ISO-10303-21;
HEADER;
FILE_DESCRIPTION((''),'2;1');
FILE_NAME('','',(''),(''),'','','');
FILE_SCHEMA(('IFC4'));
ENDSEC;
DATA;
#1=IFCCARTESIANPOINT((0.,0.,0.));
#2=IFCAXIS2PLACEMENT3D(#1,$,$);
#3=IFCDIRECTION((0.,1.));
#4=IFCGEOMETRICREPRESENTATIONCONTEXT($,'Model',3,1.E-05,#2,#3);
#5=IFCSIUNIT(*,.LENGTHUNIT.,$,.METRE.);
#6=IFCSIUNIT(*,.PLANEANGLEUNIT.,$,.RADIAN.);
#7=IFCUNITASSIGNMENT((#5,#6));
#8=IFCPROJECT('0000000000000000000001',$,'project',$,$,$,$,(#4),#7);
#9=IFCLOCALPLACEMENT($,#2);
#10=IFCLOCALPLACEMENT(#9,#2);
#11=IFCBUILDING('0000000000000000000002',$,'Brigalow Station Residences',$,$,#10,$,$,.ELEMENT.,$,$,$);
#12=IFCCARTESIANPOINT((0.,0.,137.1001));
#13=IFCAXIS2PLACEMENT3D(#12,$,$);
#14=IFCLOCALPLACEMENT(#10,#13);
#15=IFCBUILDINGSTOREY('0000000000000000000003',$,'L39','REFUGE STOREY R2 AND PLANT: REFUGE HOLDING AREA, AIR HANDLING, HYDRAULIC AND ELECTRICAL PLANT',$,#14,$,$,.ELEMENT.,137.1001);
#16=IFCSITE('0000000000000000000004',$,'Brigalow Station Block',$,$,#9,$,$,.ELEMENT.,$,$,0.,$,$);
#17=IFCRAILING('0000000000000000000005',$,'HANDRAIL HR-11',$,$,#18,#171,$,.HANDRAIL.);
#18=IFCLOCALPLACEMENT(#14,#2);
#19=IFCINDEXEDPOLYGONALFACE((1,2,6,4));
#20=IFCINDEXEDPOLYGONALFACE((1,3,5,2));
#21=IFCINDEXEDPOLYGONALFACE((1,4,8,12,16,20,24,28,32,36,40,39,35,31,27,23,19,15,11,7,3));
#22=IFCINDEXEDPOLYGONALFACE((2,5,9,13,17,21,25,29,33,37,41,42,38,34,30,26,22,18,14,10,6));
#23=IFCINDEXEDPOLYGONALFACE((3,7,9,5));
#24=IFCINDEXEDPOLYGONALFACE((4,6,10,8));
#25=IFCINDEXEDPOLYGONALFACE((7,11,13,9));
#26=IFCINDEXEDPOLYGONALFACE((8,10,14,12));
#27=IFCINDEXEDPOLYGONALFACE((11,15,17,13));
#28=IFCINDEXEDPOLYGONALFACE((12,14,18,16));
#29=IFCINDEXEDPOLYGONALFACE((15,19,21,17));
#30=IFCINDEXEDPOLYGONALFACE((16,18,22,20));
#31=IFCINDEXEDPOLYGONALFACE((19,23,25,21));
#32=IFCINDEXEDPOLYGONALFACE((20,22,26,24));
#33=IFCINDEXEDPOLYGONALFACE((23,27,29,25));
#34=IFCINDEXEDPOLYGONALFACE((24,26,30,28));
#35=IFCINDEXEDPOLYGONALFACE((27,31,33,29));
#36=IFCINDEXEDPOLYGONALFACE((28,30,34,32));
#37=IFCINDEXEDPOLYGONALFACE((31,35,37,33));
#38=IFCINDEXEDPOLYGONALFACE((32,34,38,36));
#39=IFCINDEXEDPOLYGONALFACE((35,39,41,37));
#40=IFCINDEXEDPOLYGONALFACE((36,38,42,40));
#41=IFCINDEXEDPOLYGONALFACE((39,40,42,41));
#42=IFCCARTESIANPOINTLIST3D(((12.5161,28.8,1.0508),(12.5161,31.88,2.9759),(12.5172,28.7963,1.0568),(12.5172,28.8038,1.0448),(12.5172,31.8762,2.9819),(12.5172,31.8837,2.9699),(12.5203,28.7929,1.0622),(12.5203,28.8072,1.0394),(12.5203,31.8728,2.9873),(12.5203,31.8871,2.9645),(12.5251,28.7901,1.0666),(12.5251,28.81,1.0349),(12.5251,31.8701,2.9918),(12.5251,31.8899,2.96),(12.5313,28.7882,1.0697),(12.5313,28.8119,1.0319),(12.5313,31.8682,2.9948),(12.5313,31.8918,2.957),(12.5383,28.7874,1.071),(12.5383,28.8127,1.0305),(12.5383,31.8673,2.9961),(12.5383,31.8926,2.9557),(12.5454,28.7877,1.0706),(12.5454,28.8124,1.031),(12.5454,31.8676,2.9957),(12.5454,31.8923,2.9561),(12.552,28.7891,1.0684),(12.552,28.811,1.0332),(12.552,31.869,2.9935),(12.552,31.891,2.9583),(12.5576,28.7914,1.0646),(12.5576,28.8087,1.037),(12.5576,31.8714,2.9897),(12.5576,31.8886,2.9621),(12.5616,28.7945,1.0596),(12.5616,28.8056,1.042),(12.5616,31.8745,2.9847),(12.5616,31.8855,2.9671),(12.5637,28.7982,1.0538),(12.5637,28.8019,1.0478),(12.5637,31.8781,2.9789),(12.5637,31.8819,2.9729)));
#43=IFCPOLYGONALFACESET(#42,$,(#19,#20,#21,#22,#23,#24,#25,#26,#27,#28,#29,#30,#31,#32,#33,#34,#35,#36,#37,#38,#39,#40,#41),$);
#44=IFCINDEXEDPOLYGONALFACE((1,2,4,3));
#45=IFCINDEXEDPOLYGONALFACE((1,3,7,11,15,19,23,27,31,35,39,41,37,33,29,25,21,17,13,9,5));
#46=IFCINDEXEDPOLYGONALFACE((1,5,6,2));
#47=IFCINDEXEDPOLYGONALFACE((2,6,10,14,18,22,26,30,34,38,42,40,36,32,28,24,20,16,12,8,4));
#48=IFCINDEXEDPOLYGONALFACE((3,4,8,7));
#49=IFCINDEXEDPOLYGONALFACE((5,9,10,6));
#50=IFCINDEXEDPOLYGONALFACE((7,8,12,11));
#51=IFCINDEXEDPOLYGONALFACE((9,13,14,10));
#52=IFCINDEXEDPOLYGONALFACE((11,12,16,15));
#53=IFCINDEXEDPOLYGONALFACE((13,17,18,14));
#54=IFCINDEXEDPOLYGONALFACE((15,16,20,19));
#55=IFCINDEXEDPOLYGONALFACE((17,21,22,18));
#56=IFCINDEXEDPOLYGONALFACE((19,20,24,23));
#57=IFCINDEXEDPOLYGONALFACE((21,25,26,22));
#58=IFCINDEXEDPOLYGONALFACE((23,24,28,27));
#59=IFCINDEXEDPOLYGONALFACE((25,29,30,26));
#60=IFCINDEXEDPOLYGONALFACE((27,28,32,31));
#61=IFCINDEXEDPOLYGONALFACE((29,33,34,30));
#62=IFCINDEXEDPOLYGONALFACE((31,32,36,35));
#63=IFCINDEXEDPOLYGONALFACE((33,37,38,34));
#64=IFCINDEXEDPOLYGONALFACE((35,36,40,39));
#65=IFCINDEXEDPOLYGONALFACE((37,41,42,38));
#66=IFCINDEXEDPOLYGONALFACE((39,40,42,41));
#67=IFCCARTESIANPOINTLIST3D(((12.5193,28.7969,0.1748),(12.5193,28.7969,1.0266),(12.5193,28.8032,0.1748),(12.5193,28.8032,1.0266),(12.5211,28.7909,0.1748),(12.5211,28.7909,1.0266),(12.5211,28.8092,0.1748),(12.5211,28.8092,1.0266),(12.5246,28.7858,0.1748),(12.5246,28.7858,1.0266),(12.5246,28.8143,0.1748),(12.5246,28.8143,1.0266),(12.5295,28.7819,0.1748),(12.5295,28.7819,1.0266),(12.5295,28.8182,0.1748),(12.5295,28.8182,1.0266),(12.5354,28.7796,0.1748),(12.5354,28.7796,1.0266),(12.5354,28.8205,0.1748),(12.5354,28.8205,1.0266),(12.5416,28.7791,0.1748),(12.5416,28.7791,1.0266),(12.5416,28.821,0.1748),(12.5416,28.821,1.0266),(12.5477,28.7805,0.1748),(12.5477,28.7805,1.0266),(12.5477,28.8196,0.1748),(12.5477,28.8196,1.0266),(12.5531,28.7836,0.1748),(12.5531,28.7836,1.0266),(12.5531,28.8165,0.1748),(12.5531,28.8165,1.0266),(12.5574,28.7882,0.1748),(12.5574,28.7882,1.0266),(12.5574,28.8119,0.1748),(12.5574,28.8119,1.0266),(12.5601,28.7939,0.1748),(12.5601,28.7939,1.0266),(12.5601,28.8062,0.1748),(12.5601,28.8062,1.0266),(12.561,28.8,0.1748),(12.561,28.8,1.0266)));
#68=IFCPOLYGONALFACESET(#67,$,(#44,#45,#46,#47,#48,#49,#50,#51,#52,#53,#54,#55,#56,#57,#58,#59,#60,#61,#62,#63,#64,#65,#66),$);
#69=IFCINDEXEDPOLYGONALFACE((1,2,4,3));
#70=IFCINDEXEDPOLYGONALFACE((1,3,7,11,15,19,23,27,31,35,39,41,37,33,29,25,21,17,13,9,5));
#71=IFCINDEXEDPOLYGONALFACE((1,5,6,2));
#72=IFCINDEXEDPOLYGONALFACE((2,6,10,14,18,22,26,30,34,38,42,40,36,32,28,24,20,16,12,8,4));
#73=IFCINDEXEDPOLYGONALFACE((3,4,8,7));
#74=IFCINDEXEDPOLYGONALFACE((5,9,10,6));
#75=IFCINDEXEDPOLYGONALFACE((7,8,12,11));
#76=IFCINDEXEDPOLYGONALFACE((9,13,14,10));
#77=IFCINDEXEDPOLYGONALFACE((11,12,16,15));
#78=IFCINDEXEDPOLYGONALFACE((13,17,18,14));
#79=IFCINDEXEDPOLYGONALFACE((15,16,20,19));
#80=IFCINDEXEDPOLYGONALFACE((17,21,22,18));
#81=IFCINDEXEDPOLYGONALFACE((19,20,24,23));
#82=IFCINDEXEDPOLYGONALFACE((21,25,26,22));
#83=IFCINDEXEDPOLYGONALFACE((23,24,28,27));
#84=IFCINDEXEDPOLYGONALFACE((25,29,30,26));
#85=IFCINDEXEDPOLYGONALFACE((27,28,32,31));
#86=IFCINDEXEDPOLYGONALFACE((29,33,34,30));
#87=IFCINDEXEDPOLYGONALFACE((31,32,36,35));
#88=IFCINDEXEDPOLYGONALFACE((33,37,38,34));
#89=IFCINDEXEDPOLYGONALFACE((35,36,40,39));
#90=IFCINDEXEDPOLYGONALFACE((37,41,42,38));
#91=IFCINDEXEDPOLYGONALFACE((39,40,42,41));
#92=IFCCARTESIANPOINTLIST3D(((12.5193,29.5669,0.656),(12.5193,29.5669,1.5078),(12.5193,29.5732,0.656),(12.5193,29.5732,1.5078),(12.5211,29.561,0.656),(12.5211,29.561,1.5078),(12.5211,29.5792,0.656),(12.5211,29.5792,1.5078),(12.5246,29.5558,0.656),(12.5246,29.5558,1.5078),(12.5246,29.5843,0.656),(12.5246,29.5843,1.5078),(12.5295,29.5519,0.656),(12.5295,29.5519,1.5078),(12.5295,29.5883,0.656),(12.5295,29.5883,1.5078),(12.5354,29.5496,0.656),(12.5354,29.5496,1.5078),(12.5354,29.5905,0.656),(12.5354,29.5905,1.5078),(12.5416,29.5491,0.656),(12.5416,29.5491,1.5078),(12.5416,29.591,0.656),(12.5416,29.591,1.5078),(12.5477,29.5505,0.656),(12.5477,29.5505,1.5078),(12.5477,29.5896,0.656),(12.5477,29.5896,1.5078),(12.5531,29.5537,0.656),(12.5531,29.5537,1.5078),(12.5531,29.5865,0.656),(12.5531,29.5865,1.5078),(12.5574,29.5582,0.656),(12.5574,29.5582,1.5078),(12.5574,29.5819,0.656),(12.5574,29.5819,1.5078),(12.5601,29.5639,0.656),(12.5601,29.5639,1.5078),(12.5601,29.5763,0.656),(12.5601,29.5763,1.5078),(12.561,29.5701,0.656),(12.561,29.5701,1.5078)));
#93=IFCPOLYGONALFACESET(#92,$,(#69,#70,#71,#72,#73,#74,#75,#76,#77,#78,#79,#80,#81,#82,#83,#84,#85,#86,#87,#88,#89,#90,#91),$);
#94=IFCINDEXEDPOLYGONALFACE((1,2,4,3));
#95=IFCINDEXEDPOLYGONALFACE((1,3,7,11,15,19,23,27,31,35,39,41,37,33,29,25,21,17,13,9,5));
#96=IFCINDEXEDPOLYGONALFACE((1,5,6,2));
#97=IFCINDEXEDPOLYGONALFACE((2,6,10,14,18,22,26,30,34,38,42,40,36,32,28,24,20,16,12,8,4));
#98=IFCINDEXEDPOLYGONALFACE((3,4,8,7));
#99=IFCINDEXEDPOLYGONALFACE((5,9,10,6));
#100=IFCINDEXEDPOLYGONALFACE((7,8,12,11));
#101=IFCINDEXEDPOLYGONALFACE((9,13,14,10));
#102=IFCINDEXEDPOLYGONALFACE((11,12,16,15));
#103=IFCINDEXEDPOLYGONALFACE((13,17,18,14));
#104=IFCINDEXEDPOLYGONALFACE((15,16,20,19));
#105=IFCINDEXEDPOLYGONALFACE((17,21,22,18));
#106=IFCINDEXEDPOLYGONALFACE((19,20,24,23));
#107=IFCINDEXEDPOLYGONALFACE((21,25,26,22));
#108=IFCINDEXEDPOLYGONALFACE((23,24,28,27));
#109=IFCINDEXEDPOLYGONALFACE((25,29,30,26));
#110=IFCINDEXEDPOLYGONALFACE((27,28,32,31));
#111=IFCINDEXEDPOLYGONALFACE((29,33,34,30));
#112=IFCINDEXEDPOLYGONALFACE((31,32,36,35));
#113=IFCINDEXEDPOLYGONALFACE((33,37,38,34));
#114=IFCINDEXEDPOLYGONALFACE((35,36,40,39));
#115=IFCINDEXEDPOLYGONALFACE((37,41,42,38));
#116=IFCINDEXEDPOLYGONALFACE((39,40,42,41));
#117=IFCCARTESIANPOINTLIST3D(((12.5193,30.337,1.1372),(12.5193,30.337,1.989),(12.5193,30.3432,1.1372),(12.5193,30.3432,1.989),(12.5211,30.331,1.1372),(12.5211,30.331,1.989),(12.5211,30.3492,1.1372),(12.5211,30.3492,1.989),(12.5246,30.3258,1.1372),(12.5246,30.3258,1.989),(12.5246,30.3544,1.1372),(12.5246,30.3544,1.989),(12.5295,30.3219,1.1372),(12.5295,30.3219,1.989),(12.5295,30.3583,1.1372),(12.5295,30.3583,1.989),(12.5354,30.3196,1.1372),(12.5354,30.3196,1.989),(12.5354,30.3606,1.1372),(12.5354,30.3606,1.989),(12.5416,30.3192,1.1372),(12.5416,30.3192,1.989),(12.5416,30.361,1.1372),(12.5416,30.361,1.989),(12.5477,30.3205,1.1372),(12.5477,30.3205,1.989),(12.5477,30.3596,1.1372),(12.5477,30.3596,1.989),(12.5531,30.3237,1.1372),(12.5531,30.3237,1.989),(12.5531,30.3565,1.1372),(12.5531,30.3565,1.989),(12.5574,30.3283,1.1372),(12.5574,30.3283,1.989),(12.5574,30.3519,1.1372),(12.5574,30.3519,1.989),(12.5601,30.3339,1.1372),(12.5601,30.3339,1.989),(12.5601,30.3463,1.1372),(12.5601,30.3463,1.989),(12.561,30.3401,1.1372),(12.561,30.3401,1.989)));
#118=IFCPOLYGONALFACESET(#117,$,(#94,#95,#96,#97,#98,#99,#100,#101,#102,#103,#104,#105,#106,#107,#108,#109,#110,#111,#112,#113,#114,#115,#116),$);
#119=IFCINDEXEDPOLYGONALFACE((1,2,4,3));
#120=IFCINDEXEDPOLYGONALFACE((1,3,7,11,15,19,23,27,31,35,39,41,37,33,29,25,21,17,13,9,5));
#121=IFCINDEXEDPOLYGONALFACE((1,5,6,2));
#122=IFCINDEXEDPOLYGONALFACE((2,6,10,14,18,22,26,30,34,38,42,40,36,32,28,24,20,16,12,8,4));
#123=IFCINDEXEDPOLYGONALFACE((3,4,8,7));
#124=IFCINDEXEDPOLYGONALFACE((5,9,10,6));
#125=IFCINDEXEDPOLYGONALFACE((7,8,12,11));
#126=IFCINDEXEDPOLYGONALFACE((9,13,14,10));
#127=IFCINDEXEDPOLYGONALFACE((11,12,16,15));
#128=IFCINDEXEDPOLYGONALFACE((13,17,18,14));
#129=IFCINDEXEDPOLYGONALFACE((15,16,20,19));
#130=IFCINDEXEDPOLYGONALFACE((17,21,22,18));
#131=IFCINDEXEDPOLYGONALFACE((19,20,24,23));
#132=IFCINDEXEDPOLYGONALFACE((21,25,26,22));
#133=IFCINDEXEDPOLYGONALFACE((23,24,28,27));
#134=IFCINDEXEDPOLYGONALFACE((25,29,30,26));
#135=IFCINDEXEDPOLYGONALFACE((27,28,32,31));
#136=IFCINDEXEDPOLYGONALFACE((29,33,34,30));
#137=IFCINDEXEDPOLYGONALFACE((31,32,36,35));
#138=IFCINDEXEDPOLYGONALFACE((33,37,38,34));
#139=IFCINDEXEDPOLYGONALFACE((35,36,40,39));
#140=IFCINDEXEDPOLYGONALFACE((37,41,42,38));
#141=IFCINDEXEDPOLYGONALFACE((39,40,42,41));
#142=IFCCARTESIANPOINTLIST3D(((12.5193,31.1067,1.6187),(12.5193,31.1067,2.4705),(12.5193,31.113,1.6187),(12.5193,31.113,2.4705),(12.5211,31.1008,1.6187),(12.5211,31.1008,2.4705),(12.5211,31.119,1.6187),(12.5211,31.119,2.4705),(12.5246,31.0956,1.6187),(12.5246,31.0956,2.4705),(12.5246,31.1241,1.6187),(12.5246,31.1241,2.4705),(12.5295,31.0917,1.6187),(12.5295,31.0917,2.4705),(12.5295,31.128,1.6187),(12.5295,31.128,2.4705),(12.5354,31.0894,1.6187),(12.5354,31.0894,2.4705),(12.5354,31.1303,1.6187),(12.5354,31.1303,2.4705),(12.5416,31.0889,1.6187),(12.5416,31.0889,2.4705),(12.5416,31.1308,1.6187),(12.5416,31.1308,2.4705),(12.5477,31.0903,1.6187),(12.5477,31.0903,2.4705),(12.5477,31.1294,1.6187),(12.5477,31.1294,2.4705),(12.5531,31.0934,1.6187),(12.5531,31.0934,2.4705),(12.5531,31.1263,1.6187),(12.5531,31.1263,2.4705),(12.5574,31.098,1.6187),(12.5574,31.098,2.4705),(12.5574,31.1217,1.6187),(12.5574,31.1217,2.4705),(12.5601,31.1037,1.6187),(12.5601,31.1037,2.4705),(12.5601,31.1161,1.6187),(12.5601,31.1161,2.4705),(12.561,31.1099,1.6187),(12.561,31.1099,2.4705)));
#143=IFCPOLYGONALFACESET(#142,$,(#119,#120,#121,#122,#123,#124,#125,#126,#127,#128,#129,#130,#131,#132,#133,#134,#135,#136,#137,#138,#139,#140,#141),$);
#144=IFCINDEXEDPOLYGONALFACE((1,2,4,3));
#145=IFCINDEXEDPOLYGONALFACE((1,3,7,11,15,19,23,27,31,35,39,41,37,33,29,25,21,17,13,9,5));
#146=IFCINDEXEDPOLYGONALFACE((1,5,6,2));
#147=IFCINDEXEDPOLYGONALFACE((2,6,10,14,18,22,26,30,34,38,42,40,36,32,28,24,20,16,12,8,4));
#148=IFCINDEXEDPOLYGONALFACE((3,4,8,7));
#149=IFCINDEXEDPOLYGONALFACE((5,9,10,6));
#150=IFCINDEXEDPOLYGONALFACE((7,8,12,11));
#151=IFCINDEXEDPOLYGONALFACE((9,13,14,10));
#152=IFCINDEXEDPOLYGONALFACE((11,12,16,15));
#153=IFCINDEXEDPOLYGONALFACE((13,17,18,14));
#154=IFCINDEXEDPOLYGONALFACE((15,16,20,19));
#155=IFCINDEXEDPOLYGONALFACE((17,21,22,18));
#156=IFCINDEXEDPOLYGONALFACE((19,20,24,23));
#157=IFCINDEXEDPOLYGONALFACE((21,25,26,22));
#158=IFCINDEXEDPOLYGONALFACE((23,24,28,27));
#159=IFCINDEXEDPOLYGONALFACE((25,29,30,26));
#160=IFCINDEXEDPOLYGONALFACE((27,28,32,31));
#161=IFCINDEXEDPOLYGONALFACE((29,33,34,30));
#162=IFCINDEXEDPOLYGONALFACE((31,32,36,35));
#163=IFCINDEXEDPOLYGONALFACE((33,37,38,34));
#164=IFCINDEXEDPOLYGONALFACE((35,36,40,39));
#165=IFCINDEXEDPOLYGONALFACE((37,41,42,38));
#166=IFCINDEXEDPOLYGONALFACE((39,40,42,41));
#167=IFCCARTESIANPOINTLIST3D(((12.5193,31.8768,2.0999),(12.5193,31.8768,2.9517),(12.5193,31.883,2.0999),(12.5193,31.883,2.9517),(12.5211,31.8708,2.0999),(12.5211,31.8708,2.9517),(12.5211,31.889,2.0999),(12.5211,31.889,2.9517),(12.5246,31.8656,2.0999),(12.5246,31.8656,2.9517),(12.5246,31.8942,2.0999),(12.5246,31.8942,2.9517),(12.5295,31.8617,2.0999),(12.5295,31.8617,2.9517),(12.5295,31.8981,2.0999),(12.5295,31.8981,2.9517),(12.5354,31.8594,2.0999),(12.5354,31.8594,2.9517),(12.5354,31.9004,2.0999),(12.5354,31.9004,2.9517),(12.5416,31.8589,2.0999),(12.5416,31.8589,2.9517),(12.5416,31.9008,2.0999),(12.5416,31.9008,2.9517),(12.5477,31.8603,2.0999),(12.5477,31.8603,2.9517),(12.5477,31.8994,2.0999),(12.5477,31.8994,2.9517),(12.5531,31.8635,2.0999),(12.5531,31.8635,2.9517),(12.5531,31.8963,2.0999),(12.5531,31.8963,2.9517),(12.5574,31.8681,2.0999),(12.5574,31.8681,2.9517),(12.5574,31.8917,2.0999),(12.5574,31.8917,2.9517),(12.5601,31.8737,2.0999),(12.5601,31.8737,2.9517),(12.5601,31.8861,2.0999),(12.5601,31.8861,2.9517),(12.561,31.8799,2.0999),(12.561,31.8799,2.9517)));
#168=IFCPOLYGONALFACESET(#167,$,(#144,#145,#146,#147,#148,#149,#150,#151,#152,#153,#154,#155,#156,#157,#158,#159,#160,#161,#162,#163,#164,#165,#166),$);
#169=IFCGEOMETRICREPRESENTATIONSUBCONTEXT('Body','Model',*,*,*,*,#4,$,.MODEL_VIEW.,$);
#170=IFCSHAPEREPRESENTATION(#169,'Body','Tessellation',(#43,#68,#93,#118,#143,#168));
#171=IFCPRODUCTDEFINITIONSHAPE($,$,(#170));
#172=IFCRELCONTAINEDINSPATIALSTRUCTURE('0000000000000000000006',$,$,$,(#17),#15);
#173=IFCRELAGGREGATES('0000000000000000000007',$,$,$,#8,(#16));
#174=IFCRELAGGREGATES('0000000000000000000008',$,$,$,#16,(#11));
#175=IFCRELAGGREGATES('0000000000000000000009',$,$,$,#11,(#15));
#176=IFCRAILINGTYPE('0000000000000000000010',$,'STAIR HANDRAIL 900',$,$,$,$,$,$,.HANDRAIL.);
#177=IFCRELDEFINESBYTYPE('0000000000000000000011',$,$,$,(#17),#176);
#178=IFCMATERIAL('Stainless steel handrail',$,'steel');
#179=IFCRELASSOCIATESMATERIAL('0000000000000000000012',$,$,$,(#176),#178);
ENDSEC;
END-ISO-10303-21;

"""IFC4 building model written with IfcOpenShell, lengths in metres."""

from ifc_helpers import new_model, si_unit, direction, frame, origin, origin_2d, place, context, subcontext, project, spatial, circle, extrude, material, type_object, element, save


model = new_model("IFC4")

# Units and contexts
model_context = context("Model", 3, precision=1e-05, world=origin(), true_north=direction((0.0, 1.0)))
body_context = subcontext(model_context, "Body", "Model", "MODEL_VIEW")
ifc_project = project(units=[si_unit("LENGTHUNIT", "METRE"), si_unit("PLANEANGLEUNIT", "RADIAN")], contexts=[model_context])

# Site, building, storey
site_placement = place(None, origin())
site = spatial("IfcSite", under=ifc_project, at=site_placement, Name="Brigalow Station Block", CompositionType="ELEMENT", RefElevation=0.0)
building_placement = place(site_placement, origin())
building = spatial("IfcBuilding", under=site, at=building_placement, Name="Brigalow Station Residences", CompositionType="ELEMENT")
storey_placement = place(building_placement, frame((0.0, 0.0, 137.1001)))
storey = spatial("IfcBuildingStorey", under=building, at=storey_placement, Name="L39", Description="REFUGE STOREY R2 AND PLANT: REFUGE HOLDING AREA, AIR HANDLING, HYDRAULIC AND ELECTRICAL PLANT", CompositionType="ELEMENT", Elevation=137.1001)

# Railing
ifc_material_1 = material(Name="Stainless steel handrail", Category="steel")
railing_type = type_object("IfcRailingType", Name="STAIR HANDRAIL 900", PredefinedType="HANDRAIL", material=ifc_material_1)
railing_placement = place(storey_placement, frame((12.54, 28.8, 0.1748)))
element("IfcRailing", 1, at=railing_placement, inside=storey, type_object=railing_type, Name="HANDRAIL HR-11", PredefinedType="HANDRAIL", context=body_context, shape_type="SweptSolid", body=[
    extrude(circle(Radius=0.0239, at=origin_2d()), frame((0.0, 0.0, 0.876), z_axis=(0.0, 0.847979, 0.530029), x_axis=(-1.0, 0.0, 0.0)), (0.0, 0.0, 1.0), 3.6321),
    extrude(circle(Radius=0.021, at=origin_2d()), origin(), (0.0, 0.0, 1.0), 0.8518),
    extrude(circle(Radius=0.021, at=origin_2d()), frame((0.0, 0.77, 0.4812)), (0.0, 0.0, 1.0), 0.8518),
    extrude(circle(Radius=0.021, at=origin_2d()), frame((0.0, 1.54, 0.9624)), (0.0, 0.0, 1.0), 0.8518),
    extrude(circle(Radius=0.021, at=origin_2d()), frame((0.0, 2.3098, 1.4438)), (0.0, 0.0, 1.0), 0.8518),
    extrude(circle(Radius=0.021, at=origin_2d()), frame((0.0, 3.0798, 1.925)), (0.0, 0.0, 1.0), 0.8518),
])

save(model, "model.ifc")
